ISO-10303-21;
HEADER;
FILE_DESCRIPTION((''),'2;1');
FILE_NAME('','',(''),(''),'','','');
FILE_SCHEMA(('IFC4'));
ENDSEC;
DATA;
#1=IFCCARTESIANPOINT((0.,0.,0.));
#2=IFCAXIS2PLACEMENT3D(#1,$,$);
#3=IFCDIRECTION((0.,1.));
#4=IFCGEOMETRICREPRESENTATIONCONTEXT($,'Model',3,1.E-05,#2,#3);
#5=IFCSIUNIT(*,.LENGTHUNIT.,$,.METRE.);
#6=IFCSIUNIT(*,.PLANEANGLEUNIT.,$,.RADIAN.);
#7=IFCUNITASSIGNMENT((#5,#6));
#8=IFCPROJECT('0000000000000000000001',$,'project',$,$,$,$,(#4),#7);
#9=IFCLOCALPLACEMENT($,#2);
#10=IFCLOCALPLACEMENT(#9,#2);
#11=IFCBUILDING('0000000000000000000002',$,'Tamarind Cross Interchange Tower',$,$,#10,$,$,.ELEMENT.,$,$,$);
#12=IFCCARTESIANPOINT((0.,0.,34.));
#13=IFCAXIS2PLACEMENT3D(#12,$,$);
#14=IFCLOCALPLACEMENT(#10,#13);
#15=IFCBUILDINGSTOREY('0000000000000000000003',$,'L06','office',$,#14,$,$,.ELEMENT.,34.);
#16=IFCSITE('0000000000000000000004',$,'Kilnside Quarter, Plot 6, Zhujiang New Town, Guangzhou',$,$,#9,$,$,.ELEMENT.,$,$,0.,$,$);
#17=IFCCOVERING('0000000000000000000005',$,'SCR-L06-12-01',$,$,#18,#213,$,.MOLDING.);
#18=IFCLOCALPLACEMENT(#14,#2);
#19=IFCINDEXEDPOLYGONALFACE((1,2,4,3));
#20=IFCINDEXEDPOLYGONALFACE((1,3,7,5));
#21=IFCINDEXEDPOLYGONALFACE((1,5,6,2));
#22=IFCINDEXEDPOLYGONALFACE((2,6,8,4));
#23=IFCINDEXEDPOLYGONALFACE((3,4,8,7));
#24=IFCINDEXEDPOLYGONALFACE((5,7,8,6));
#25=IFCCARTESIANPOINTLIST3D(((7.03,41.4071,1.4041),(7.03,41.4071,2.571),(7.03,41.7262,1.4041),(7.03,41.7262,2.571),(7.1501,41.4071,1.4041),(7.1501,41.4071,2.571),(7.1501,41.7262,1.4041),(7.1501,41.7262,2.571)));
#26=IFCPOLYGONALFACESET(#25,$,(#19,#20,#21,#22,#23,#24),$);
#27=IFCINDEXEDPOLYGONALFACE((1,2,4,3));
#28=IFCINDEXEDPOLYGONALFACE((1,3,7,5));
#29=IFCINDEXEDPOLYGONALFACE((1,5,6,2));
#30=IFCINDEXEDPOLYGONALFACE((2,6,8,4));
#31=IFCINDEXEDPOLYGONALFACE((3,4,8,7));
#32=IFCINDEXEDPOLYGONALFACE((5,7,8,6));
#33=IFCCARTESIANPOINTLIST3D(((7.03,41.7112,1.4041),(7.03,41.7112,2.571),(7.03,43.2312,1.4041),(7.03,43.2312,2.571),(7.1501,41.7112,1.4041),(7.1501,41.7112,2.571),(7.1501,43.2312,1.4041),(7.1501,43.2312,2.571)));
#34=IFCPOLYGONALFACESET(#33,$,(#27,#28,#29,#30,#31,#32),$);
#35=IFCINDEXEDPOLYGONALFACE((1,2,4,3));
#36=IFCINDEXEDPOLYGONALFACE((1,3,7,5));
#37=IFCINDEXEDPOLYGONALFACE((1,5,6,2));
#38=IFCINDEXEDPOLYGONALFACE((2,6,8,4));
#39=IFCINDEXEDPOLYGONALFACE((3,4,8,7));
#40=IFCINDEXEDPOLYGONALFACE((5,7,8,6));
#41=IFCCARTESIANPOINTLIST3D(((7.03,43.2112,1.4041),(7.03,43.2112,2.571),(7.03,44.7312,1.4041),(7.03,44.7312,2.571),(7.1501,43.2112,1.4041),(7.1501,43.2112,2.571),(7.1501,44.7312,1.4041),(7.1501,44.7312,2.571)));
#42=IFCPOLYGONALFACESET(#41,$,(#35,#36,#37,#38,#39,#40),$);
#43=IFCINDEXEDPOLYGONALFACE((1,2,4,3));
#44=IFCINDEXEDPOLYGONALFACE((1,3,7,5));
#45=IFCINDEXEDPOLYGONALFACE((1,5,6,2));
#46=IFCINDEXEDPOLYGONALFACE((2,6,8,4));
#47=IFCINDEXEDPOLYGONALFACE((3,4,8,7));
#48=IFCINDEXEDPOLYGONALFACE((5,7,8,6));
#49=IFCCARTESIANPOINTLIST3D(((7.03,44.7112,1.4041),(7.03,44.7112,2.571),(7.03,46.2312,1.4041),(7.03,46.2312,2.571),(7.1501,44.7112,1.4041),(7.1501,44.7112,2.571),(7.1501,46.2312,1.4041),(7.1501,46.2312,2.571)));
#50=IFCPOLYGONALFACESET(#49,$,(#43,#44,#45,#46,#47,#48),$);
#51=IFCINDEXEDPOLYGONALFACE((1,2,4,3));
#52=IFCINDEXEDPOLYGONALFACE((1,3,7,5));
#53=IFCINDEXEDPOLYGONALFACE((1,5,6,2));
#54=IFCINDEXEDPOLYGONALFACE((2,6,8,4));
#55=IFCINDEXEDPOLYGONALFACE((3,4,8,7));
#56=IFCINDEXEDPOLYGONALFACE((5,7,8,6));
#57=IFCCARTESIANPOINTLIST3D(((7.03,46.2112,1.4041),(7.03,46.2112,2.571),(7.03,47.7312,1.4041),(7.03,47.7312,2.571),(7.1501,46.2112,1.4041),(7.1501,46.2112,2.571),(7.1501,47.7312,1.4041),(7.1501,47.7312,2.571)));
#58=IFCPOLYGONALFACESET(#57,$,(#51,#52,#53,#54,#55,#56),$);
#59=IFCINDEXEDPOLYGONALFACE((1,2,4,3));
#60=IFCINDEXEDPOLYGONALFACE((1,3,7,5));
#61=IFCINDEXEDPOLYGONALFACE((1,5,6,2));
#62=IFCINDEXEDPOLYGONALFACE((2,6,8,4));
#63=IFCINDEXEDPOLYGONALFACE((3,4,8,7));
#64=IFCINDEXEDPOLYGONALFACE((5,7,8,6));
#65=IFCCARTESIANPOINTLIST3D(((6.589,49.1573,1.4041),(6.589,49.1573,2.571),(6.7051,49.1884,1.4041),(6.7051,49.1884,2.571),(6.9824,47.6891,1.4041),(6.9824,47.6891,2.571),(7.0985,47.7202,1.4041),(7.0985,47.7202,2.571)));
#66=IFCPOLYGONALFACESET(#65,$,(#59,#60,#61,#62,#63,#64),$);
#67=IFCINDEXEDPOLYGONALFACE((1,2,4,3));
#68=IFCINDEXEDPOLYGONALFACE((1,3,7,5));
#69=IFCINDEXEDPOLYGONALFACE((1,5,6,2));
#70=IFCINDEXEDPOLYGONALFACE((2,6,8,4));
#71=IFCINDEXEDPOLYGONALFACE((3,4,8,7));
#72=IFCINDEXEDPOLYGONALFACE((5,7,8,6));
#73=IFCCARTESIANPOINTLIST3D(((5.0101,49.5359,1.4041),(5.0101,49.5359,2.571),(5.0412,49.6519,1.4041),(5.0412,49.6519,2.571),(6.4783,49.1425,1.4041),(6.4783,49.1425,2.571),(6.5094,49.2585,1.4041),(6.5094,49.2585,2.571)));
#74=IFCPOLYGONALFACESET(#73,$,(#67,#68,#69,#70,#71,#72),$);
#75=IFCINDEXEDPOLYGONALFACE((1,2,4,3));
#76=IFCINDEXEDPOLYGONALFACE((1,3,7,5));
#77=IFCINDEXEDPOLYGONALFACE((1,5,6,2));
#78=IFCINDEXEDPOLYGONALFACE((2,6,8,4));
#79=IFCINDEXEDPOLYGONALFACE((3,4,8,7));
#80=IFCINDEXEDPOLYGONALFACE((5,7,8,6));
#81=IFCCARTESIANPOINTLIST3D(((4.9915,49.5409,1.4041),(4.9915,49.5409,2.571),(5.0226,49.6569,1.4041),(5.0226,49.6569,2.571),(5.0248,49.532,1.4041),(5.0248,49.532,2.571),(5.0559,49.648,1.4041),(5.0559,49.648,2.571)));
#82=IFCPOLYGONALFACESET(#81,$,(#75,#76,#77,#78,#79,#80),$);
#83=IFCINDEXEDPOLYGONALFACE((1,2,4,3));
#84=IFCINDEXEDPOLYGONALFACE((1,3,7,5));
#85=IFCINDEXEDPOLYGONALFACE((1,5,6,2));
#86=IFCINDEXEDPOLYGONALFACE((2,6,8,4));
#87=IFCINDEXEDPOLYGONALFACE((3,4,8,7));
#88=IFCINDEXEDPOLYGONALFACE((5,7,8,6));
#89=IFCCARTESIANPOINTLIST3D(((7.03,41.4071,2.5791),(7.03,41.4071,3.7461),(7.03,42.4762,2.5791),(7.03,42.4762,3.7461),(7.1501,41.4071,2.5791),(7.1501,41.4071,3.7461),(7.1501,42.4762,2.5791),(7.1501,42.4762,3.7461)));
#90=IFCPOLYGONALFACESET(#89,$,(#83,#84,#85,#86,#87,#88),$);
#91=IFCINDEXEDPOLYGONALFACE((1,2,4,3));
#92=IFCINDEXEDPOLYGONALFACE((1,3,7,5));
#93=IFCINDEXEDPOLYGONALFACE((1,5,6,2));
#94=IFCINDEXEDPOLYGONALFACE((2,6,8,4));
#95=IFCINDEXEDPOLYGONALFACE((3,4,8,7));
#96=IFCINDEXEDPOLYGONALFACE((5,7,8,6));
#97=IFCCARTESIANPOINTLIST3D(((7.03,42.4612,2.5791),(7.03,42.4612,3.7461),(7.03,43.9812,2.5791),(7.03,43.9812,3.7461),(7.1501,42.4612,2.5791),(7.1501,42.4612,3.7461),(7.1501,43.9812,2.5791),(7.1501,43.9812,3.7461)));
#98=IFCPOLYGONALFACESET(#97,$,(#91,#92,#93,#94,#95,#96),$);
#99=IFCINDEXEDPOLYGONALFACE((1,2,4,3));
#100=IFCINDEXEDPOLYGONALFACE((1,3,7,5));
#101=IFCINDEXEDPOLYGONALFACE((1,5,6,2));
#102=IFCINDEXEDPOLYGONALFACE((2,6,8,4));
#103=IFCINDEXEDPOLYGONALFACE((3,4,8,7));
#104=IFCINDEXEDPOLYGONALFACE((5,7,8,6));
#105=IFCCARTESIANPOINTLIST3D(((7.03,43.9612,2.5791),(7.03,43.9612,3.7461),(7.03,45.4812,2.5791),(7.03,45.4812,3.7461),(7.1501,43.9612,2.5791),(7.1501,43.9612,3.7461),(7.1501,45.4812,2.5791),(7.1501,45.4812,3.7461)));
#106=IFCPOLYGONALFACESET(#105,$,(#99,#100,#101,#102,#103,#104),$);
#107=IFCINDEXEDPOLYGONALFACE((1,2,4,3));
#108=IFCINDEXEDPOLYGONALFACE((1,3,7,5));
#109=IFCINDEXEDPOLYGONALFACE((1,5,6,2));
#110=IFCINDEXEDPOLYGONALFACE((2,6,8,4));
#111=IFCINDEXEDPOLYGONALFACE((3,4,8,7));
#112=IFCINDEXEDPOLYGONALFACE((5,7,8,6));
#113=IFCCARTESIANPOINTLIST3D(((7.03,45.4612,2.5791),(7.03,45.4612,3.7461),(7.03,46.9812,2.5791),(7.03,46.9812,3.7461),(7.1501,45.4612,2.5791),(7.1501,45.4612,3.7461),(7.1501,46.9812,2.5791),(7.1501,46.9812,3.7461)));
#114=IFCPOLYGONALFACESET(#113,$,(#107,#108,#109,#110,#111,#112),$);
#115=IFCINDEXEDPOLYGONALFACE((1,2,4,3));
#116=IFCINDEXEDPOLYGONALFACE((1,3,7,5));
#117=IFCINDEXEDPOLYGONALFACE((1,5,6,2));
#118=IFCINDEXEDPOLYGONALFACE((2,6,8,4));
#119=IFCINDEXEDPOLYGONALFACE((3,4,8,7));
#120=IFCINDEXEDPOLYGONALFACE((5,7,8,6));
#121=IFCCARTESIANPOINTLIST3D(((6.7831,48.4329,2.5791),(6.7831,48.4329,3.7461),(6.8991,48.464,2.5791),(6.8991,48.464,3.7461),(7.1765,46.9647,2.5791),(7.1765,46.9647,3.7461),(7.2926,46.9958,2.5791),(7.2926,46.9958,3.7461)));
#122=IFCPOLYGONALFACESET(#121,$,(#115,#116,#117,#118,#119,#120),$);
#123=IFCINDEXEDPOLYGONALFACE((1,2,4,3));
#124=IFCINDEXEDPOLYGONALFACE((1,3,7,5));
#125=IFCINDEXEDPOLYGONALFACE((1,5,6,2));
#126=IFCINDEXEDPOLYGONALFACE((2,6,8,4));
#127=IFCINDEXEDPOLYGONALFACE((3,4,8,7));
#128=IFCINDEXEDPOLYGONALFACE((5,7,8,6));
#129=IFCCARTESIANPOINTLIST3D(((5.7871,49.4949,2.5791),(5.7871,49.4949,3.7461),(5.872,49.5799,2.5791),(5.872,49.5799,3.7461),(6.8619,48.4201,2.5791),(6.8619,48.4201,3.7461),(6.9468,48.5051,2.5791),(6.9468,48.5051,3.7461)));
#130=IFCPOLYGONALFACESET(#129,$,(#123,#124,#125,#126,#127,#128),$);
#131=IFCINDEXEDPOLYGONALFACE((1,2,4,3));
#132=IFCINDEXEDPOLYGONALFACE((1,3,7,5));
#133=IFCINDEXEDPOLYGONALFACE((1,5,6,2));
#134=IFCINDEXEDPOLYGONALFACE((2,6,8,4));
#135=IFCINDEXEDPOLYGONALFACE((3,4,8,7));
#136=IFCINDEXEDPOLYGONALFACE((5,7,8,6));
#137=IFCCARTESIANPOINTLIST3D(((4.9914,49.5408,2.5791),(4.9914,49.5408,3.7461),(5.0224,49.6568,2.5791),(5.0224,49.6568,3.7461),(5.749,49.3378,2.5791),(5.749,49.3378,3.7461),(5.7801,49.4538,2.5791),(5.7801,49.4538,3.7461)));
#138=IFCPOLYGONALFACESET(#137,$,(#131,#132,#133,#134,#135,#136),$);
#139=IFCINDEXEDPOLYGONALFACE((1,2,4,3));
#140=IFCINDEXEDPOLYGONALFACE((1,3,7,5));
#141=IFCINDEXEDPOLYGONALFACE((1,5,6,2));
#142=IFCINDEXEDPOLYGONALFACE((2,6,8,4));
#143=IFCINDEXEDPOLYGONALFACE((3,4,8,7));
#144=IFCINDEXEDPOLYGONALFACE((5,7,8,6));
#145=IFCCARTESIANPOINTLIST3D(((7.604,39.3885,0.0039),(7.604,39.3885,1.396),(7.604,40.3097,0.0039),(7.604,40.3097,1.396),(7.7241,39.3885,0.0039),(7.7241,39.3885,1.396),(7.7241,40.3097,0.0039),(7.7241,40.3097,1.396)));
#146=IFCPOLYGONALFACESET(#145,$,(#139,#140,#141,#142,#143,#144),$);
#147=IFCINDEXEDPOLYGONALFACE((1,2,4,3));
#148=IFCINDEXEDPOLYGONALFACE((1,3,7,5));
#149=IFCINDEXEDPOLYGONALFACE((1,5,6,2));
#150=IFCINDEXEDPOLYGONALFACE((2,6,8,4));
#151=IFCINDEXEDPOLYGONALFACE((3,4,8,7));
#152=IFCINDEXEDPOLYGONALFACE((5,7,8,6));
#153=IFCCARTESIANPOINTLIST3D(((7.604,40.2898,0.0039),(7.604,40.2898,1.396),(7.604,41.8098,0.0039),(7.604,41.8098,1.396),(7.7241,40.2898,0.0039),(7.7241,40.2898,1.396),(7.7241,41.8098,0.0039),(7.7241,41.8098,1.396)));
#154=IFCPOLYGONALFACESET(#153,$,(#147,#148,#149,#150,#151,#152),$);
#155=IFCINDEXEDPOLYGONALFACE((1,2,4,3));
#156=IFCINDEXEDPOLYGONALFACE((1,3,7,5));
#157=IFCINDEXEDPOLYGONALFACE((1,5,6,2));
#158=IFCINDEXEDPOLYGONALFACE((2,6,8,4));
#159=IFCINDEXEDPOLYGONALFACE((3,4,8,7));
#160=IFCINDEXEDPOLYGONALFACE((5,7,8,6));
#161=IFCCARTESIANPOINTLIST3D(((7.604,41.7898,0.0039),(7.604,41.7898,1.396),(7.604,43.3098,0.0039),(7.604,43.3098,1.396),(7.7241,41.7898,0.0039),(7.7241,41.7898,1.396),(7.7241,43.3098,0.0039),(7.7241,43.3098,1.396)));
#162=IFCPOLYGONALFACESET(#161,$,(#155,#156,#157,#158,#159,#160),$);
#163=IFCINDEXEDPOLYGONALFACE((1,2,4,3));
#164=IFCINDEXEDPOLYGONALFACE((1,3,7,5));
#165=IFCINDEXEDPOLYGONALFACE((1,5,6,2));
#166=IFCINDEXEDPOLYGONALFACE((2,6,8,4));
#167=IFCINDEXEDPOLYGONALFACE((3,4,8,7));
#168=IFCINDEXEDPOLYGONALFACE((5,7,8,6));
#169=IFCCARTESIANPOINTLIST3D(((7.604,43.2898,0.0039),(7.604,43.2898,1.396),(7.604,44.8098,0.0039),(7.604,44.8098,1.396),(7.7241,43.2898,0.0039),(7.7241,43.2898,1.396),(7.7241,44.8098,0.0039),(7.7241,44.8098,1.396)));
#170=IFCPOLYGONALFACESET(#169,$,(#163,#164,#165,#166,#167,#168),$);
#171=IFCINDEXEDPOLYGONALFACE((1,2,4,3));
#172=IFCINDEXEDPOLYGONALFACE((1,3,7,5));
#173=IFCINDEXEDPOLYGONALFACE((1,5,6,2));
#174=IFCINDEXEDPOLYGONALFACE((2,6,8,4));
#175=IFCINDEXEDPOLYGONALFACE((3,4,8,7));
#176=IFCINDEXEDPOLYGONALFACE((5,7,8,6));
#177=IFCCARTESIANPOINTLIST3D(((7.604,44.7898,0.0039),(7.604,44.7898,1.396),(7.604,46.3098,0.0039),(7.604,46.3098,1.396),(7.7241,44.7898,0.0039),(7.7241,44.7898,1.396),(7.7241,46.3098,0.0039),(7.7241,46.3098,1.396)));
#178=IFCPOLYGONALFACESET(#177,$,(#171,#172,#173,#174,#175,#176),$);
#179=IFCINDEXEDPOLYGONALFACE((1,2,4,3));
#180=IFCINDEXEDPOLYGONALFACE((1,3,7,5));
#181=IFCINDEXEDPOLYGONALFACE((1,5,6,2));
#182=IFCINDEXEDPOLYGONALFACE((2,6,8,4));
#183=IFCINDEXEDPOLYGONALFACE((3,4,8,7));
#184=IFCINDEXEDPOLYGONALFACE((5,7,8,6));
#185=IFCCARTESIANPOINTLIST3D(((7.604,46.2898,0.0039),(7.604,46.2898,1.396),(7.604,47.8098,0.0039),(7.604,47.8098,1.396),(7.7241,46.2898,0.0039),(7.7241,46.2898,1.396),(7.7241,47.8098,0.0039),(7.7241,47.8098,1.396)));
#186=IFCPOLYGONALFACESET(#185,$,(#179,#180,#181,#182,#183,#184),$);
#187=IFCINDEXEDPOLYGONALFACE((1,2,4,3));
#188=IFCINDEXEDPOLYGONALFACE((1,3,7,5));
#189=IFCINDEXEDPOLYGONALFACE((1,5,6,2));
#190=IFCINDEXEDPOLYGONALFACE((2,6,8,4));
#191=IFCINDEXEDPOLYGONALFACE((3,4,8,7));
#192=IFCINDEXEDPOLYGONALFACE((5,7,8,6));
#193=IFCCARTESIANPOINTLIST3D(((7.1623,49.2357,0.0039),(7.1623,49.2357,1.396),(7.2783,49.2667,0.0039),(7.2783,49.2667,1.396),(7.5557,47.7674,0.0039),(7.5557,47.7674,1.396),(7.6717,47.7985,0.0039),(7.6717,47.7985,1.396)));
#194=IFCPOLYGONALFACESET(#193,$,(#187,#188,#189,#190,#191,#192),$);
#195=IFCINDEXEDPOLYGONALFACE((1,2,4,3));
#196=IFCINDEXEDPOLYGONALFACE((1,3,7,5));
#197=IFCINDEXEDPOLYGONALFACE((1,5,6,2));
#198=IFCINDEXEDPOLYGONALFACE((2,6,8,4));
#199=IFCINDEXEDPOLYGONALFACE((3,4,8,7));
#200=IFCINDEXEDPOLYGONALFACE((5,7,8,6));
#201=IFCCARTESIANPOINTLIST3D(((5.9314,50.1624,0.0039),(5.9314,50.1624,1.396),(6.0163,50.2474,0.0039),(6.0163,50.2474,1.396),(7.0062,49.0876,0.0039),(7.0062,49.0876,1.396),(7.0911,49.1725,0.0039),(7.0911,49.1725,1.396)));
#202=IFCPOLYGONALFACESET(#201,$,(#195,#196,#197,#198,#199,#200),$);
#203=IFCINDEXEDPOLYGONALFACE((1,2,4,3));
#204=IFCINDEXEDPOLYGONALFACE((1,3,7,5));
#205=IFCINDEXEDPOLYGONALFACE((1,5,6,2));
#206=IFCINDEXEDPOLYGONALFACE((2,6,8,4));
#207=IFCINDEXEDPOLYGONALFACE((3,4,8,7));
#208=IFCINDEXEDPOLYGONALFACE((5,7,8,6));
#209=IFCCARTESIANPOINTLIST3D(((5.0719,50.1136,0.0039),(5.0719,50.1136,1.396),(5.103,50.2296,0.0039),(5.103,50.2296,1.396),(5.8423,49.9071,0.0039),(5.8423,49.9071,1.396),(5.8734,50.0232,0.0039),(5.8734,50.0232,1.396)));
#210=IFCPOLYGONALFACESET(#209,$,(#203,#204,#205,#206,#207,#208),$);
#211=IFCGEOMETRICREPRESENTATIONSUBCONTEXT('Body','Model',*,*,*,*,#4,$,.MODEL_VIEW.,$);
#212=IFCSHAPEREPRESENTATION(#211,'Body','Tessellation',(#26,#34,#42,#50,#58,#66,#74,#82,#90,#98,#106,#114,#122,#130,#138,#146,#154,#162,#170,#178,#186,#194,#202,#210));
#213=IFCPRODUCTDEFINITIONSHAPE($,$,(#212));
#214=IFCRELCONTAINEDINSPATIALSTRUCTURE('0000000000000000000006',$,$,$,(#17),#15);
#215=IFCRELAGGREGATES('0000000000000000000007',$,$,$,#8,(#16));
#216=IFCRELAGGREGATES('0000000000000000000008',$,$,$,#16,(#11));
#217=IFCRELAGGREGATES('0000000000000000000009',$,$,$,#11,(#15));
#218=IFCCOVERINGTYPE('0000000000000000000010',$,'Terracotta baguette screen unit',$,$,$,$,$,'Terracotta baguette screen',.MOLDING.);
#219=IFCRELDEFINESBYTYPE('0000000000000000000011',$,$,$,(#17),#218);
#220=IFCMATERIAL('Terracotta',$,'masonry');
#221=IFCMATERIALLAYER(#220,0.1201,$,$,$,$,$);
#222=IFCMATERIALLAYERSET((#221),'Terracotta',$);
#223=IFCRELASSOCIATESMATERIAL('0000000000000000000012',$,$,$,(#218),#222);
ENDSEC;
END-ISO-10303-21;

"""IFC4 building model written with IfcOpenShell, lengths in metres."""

from ifc_helpers import new_model, si_unit, direction, frame, origin, origin_2d, place, context, subcontext, project, spatial, rectangle, extrude, material, layer, layer_set, type_object, element, save


model = new_model("IFC4")

# Units and contexts
model_context = context("Model", 3, precision=1e-05, world=origin(), true_north=direction((0.0, 1.0)))
body_context = subcontext(model_context, "Body", "Model", "MODEL_VIEW")
ifc_project = project(units=[si_unit("LENGTHUNIT", "METRE"), si_unit("PLANEANGLEUNIT", "RADIAN")], contexts=[model_context])

# Site, building, storey
site_placement = place(None, origin())
site = spatial("IfcSite", under=ifc_project, at=site_placement, Name="Kilnside Quarter, Plot 6, Zhujiang New Town, Guangzhou", CompositionType="ELEMENT", RefElevation=0.0)
building_placement = place(site_placement, origin())
building = spatial("IfcBuilding", under=site, at=building_placement, Name="Tamarind Cross Interchange Tower", CompositionType="ELEMENT")
storey_placement = place(building_placement, frame((0.0, 0.0, 34.0)))
storey = spatial("IfcBuildingStorey", under=building, at=storey_placement, Name="L06", Description="office", CompositionType="ELEMENT", Elevation=34.0)

# Covering
ifc_material_1 = material(Name="Terracotta", Category="masonry")
ifc_layer_1 = layer(ifc_material_1, 0.1201)
ifc_layer_set_1 = layer_set([ifc_layer_1], Name="Terracotta")
covering_type = type_object("IfcCoveringType", Name="Terracotta baguette screen unit", ElementType="Terracotta baguette screen", PredefinedType="MOLDING", material=ifc_layer_set_1)
covering_1_placement = place(storey_placement, origin())
element("IfcCovering", 1, at=covering_1_placement, inside=storey, type_object=covering_type, Name="SCR-L06-12-01", PredefinedType="MOLDING", context=body_context, shape_type="SweptSolid", body=[
    extrude(rectangle(XDim=0.3191, YDim=0.1201, at=origin_2d()), frame((7.0901, 41.5667, 1.4041), z_axis=(0.0, 0.0, 1.0), x_axis=(0.0, 1.0, 0.0)), (0.0, 0.0, 1.0), 1.167),
    extrude(rectangle(XDim=1.52, YDim=0.1201, at=origin_2d()), frame((7.0901, 42.4712, 1.4041), z_axis=(0.0, 0.0, 1.0), x_axis=(0.0, 1.0, 0.0)), (0.0, 0.0, 1.0), 1.167),
    extrude(rectangle(XDim=1.52, YDim=0.1201, at=origin_2d()), frame((7.0901, 43.9712, 1.4041), z_axis=(0.0, 0.0, 1.0), x_axis=(0.0, 1.0, 0.0)), (0.0, 0.0, 1.0), 1.167),
    extrude(rectangle(XDim=1.52, YDim=0.1201, at=origin_2d()), frame((7.0901, 45.4712, 1.4041), z_axis=(0.0, 0.0, 1.0), x_axis=(0.0, 1.0, 0.0)), (0.0, 0.0, 1.0), 1.167),
    extrude(rectangle(XDim=1.52, YDim=0.1201, at=origin_2d()), frame((7.0901, 46.9712, 1.4041), z_axis=(0.0, 0.0, 1.0), x_axis=(0.0, 1.0, 0.0)), (0.0, 0.0, 1.0), 1.167),
    extrude(rectangle(XDim=1.52, YDim=0.1201, at=origin_2d()), frame((6.8438, 48.4387, 1.4041), z_axis=(0.0, 0.0, 1.0), x_axis=(-0.258819, 0.965926, 0.0)), (0.0, 0.0, 1.0), 1.167),
    extrude(rectangle(XDim=1.52, YDim=0.1201, at=origin_2d()), frame((5.7598, 49.3972, 1.4041), z_axis=(0.0, 0.0, 1.0), x_axis=(-0.965926, 0.258819, 0.0)), (0.0, 0.0, 1.0), 1.167),
    extrude(rectangle(XDim=0.0344, YDim=0.1201, at=origin_2d()), frame((5.0237, 49.5945, 1.4041), z_axis=(0.0, 0.0, 1.0), x_axis=(-0.965926, 0.258819, 0.0)), (0.0, 0.0, 1.0), 1.167),
    extrude(rectangle(XDim=1.0691, YDim=0.1201, at=origin_2d()), frame((7.0901, 41.9417, 2.5791), z_axis=(0.0, 0.0, 1.0), x_axis=(0.0, 1.0, 0.0)), (0.0, 0.0, 1.0), 1.167),
    extrude(rectangle(XDim=1.52, YDim=0.1201, at=origin_2d()), frame((7.0901, 43.2212, 2.5791), z_axis=(0.0, 0.0, 1.0), x_axis=(0.0, 1.0, 0.0)), (0.0, 0.0, 1.0), 1.167),
    extrude(rectangle(XDim=1.52, YDim=0.1201, at=origin_2d()), frame((7.0901, 44.7212, 2.5791), z_axis=(0.0, 0.0, 1.0), x_axis=(0.0, 1.0, 0.0)), (0.0, 0.0, 1.0), 1.167),
    extrude(rectangle(XDim=1.52, YDim=0.1201, at=origin_2d()), frame((7.0901, 46.2212, 2.5791), z_axis=(0.0, 0.0, 1.0), x_axis=(0.0, 1.0, 0.0)), (0.0, 0.0, 1.0), 1.167),
    extrude(rectangle(XDim=1.52, YDim=0.1201, at=origin_2d()), frame((7.0378, 47.7144, 2.5791), z_axis=(0.0, 0.0, 1.0), x_axis=(-0.258819, 0.965926, 0.0)), (0.0, 0.0, 1.0), 1.167),
    extrude(rectangle(XDim=1.52, YDim=0.1201, at=origin_2d()), frame((6.3669, 49.0, 2.5791), z_axis=(0.0, 0.0, 1.0), x_axis=(-0.707107, 0.707107, 0.0)), (0.0, 0.0, 1.0), 1.167),
    extrude(rectangle(XDim=0.7844, YDim=0.1201, at=origin_2d()), frame((5.3857, 49.4973, 2.5791), z_axis=(0.0, 0.0, 1.0), x_axis=(-0.965926, 0.258819, 0.0)), (0.0, 0.0, 1.0), 1.167),
    extrude(rectangle(XDim=0.9211, YDim=0.1201, at=origin_2d()), frame((7.6641, 39.8491, 0.0039), z_axis=(0.0, 0.0, 1.0), x_axis=(0.0, 1.0, 0.0)), (0.0, 0.0, 1.0), 1.3921),
    extrude(rectangle(XDim=1.52, YDim=0.1201, at=origin_2d()), frame((7.6641, 41.0498, 0.0039), z_axis=(0.0, 0.0, 1.0), x_axis=(0.0, 1.0, 0.0)), (0.0, 0.0, 1.0), 1.3921),
    extrude(rectangle(XDim=1.52, YDim=0.1201, at=origin_2d()), frame((7.6641, 42.5498, 0.0039), z_axis=(0.0, 0.0, 1.0), x_axis=(0.0, 1.0, 0.0)), (0.0, 0.0, 1.0), 1.3921),
    extrude(rectangle(XDim=1.52, YDim=0.1201, at=origin_2d()), frame((7.6641, 44.0498, 0.0039), z_axis=(0.0, 0.0, 1.0), x_axis=(0.0, 1.0, 0.0)), (0.0, 0.0, 1.0), 1.3921),
    extrude(rectangle(XDim=1.52, YDim=0.1201, at=origin_2d()), frame((7.6641, 45.5498, 0.0039), z_axis=(0.0, 0.0, 1.0), x_axis=(0.0, 1.0, 0.0)), (0.0, 0.0, 1.0), 1.3921),
    extrude(rectangle(XDim=1.52, YDim=0.1201, at=origin_2d()), frame((7.6641, 47.0498, 0.0039), z_axis=(0.0, 0.0, 1.0), x_axis=(0.0, 1.0, 0.0)), (0.0, 0.0, 1.0), 1.3921),
    extrude(rectangle(XDim=1.52, YDim=0.1201, at=origin_2d()), frame((7.417, 48.5171, 0.0039), z_axis=(0.0, 0.0, 1.0), x_axis=(-0.258819, 0.965926, 0.0)), (0.0, 0.0, 1.0), 1.3921),
    extrude(rectangle(XDim=1.52, YDim=0.1201, at=origin_2d()), frame((6.5112, 49.6675, 0.0039), z_axis=(0.0, 0.0, 1.0), x_axis=(-0.707107, 0.707107, 0.0)), (0.0, 0.0, 1.0), 1.3921),
    extrude(rectangle(XDim=0.7976, YDim=0.1201, at=origin_2d()), frame((5.4727, 50.0684, 0.0039), z_axis=(0.0, 0.0, 1.0), x_axis=(-0.965926, 0.258819, 0.0)), (0.0, 0.0, 1.0), 1.3921),
])

save(model, "model.ifc")
